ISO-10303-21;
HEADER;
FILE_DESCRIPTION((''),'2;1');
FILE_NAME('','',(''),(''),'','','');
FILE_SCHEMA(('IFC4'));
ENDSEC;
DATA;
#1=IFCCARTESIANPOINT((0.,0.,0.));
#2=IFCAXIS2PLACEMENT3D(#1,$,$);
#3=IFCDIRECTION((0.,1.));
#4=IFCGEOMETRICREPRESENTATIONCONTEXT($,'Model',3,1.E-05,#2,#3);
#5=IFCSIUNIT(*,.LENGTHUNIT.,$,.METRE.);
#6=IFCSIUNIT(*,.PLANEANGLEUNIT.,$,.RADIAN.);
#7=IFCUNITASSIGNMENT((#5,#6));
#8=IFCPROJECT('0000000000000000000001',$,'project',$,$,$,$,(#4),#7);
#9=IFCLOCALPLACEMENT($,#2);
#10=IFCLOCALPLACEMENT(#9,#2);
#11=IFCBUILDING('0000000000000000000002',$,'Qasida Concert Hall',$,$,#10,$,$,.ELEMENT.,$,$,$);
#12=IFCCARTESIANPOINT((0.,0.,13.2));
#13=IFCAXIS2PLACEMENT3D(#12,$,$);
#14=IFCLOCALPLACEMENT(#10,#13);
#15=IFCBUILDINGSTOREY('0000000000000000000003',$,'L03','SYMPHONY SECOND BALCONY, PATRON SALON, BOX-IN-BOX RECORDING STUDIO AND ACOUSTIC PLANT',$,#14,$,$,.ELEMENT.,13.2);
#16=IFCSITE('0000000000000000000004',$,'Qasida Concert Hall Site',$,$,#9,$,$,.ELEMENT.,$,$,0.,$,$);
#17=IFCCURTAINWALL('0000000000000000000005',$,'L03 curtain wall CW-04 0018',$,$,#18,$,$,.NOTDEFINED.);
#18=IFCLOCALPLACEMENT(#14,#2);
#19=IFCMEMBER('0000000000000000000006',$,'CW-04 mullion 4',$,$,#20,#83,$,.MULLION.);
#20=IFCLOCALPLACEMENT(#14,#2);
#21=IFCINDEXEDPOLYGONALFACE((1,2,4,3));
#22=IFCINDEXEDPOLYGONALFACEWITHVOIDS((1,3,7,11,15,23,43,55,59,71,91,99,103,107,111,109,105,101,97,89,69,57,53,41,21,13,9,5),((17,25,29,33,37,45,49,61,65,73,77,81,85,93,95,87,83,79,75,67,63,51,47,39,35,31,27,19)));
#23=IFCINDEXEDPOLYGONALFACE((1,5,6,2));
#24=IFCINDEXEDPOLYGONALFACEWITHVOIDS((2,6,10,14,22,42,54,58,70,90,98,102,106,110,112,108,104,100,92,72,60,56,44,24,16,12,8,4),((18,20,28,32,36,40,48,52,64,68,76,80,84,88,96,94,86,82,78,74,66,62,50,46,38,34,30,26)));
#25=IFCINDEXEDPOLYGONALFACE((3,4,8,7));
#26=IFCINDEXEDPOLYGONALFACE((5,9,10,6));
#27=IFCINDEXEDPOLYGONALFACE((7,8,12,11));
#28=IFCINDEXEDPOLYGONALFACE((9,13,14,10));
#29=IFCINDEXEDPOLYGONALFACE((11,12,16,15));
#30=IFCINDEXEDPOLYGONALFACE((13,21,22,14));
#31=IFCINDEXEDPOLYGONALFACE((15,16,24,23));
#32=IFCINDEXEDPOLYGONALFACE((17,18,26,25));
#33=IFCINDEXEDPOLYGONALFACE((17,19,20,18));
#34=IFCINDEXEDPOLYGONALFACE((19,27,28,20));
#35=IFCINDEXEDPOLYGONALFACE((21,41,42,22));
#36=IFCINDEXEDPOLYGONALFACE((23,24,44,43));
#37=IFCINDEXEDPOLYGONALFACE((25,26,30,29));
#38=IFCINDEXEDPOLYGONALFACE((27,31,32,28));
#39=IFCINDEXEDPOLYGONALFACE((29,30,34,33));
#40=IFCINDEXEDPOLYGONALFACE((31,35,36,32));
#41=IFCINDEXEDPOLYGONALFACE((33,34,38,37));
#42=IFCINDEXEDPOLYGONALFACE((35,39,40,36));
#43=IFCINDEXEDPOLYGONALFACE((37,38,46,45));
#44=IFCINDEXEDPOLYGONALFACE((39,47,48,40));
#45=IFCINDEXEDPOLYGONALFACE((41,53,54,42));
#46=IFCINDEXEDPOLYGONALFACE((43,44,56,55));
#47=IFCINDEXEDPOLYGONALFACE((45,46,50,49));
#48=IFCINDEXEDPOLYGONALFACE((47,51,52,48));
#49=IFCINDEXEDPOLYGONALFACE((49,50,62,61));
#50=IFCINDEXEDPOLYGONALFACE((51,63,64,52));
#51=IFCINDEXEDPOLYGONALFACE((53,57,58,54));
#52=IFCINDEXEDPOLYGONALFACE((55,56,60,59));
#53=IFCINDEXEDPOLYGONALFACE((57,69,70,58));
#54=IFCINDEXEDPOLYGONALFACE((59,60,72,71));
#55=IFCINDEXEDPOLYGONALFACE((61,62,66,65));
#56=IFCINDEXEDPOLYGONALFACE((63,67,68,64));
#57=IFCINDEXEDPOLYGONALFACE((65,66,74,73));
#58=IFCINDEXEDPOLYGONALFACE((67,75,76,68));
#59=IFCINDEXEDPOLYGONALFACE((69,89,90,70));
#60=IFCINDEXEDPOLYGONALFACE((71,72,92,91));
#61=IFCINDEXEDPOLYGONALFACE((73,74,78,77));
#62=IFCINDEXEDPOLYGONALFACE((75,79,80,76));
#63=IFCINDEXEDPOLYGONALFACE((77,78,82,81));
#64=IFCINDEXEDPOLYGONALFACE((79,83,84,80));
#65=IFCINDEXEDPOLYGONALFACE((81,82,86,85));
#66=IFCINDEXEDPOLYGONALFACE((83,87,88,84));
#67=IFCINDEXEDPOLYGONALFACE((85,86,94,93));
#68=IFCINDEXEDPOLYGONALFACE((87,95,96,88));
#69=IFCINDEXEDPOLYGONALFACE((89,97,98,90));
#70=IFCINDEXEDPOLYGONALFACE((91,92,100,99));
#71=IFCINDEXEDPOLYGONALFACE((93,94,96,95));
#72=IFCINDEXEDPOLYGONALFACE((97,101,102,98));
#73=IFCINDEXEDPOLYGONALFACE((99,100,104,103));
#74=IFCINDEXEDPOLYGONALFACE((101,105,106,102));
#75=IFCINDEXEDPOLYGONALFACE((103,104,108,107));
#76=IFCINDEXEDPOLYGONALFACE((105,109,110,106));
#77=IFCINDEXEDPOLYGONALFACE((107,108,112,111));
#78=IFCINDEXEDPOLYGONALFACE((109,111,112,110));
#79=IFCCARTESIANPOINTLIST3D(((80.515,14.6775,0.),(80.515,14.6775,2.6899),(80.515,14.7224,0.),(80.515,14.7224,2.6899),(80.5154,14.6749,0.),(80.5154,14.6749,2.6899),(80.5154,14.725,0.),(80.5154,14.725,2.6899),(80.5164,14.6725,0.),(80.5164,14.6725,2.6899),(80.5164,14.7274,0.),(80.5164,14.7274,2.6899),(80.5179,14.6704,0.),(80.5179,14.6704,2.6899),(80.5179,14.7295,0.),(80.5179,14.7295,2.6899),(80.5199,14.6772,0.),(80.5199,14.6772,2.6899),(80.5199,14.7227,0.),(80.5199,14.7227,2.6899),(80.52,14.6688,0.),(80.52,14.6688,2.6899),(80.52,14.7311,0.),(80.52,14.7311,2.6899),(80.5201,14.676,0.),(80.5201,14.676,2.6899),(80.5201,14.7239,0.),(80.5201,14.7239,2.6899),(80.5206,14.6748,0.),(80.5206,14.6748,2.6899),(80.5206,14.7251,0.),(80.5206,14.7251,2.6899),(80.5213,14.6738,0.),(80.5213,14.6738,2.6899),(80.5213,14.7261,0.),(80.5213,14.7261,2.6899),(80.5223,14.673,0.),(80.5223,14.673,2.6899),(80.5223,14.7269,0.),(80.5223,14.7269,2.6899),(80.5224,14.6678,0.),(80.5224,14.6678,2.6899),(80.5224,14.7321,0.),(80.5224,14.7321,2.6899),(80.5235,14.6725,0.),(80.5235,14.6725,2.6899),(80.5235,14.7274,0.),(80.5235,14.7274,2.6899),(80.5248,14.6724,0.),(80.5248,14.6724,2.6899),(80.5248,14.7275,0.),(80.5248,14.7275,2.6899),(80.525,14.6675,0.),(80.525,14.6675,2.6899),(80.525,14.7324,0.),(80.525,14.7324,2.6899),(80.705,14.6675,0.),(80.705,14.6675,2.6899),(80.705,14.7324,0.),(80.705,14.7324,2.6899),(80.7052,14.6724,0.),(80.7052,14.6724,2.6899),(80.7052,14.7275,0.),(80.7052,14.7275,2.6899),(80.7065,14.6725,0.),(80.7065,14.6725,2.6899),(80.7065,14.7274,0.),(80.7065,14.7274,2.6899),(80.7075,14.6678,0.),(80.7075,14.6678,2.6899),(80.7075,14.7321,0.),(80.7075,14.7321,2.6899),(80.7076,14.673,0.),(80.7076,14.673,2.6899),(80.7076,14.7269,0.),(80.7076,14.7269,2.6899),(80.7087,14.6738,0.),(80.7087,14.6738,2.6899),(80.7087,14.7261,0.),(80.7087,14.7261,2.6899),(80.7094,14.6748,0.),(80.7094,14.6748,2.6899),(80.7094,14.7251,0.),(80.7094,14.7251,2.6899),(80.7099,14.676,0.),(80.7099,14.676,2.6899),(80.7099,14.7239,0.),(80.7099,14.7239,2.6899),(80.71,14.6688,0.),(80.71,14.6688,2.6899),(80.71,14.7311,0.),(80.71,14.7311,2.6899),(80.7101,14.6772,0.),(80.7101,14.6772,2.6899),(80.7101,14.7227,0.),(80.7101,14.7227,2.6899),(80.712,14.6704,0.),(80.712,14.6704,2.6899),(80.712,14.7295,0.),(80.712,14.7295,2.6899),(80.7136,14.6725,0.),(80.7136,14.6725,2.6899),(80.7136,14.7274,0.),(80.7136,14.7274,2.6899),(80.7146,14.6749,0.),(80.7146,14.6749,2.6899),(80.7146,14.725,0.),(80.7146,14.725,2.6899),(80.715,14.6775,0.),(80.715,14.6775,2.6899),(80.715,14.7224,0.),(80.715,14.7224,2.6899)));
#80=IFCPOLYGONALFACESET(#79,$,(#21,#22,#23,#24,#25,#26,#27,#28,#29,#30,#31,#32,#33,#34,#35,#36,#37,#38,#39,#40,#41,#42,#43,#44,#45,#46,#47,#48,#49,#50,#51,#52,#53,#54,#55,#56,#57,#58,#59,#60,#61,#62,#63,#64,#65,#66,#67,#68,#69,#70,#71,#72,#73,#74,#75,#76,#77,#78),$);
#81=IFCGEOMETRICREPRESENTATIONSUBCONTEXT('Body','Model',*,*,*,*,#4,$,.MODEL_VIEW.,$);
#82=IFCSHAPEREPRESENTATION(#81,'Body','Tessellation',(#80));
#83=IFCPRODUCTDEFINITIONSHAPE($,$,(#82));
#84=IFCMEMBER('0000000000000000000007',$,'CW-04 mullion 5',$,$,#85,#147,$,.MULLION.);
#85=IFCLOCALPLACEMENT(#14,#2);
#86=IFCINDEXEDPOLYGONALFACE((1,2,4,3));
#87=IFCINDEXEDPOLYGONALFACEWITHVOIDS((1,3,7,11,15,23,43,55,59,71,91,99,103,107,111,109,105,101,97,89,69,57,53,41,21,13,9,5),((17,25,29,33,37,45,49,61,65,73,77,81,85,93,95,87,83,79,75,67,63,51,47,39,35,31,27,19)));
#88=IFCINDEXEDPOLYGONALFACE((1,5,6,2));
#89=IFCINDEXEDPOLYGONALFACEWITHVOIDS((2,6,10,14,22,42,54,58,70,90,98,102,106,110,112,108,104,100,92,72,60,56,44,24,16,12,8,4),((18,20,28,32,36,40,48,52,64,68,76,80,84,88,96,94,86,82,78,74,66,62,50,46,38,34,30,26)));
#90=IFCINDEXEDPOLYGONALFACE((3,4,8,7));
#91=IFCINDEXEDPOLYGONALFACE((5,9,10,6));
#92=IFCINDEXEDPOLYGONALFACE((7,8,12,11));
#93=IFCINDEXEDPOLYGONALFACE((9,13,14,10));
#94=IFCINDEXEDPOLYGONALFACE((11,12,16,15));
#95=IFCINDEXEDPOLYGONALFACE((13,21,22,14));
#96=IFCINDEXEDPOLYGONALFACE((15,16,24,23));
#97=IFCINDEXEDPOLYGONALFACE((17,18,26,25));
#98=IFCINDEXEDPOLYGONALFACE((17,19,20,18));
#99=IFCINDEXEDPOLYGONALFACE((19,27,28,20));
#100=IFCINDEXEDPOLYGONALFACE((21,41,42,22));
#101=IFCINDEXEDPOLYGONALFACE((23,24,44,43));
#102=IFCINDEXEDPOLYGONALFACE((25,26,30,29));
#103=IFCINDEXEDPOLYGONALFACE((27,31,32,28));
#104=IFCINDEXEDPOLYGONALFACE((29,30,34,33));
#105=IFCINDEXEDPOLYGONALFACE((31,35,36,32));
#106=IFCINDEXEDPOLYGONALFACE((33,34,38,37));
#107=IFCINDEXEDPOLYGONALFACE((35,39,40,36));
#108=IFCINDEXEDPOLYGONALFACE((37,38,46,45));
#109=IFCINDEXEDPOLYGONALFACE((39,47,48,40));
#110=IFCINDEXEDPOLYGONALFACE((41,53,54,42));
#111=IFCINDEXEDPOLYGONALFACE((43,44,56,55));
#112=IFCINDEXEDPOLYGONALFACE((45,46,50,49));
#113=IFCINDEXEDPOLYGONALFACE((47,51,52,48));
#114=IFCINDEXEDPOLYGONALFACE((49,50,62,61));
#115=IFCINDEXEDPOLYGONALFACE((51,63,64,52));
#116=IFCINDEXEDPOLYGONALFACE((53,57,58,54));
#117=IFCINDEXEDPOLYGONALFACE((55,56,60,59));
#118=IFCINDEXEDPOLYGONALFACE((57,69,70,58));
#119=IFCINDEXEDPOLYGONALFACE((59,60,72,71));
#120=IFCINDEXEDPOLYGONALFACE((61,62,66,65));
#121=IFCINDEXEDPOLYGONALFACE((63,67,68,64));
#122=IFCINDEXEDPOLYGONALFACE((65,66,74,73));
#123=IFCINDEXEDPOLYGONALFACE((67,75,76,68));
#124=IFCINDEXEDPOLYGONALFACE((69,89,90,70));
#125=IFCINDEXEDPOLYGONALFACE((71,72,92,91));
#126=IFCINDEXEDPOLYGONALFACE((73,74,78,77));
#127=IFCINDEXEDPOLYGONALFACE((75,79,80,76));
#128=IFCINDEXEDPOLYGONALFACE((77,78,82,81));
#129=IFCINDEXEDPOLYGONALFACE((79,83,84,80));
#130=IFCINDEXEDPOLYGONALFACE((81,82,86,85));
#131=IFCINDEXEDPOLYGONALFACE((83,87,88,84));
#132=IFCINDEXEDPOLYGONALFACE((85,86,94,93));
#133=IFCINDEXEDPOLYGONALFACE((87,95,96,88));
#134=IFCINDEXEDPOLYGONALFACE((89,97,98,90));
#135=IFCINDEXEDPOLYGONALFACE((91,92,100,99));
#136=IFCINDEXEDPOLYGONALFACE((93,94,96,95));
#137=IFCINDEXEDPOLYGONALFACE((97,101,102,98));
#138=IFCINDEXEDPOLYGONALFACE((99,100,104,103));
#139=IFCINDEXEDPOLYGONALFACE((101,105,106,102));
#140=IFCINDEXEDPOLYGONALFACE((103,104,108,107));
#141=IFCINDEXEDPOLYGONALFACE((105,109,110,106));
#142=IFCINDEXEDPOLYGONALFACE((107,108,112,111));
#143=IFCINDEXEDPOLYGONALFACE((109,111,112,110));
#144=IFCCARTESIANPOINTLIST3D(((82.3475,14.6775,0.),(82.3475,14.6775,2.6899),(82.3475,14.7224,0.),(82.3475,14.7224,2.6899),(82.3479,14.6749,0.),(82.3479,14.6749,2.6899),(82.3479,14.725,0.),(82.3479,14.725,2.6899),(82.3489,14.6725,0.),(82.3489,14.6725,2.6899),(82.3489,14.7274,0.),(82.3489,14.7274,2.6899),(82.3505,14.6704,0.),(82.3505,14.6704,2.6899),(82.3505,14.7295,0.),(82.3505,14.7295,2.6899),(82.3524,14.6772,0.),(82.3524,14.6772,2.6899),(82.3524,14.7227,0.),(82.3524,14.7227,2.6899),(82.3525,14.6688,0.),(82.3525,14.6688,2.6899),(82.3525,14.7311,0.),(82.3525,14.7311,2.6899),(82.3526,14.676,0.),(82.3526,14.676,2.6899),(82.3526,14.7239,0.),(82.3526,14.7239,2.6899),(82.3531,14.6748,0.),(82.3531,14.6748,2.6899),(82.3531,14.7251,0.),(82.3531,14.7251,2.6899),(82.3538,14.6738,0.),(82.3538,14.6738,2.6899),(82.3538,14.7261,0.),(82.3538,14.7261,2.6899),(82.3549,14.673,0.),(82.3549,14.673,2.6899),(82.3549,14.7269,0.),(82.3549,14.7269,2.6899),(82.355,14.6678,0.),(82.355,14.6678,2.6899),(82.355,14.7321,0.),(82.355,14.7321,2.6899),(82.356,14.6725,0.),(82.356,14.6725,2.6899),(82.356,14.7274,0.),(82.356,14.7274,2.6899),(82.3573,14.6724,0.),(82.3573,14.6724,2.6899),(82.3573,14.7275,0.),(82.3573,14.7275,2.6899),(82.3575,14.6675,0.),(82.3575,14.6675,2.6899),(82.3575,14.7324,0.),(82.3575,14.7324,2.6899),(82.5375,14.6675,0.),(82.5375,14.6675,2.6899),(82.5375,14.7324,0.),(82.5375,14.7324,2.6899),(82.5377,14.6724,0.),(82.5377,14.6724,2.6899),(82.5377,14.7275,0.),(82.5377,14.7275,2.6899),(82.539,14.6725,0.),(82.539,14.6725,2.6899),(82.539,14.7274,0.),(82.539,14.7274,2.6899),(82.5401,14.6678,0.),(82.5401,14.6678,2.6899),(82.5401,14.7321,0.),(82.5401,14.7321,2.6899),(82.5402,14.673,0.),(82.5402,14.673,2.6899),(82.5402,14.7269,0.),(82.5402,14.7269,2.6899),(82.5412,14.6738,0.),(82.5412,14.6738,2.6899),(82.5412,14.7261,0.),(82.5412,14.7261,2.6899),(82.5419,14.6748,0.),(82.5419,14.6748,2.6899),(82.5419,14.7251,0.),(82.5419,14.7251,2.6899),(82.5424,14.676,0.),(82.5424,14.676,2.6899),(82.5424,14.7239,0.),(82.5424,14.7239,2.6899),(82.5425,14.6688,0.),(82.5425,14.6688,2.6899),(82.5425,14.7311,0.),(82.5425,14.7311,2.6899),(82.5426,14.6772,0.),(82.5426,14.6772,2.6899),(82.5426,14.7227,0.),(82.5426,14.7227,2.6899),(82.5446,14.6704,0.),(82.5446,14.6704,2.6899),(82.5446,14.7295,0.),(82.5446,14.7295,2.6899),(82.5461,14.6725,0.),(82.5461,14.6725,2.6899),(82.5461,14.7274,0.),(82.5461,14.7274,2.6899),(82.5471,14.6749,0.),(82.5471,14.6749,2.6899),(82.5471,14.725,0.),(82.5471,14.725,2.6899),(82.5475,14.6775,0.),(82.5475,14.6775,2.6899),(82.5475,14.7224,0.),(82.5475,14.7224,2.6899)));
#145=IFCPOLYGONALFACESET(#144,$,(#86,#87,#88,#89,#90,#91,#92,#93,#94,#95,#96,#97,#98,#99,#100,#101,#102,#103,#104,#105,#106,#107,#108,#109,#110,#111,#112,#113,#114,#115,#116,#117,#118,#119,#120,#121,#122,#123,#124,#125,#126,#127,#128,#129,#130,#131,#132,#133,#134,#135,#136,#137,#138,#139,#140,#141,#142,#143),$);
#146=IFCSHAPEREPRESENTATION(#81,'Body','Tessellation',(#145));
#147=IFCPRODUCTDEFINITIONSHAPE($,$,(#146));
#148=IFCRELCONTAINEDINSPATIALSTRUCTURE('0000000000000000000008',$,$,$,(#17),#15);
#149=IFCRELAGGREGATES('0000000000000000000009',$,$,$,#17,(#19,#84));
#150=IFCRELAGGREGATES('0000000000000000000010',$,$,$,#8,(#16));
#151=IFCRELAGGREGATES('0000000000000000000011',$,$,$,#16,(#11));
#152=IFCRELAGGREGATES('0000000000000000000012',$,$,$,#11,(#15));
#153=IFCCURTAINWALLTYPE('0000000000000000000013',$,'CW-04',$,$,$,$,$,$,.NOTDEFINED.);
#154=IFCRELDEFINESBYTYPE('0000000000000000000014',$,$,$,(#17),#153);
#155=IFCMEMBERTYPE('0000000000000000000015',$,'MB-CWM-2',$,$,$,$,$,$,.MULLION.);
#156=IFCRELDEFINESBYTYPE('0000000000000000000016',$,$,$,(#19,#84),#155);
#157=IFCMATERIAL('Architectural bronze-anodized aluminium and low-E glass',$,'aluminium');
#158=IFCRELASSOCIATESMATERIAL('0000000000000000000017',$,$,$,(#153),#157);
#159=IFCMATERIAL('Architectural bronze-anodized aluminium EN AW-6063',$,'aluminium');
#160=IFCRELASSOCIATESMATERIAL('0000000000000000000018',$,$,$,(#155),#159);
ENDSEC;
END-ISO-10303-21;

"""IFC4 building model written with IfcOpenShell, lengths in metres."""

from ifc_helpers import new_model, si_unit, direction, frame, origin, origin_2d, place, context, subcontext, project, spatial, hollow_rectangle, extrude, material, material_profile, profile_set, type_object, element, aggregate, save


model = new_model("IFC4")

# Units and contexts
model_context = context("Model", 3, precision=1e-05, world=origin(), true_north=direction((0.0, 1.0)))
body_context = subcontext(model_context, "Body", "Model", "MODEL_VIEW")
ifc_project = project(units=[si_unit("LENGTHUNIT", "METRE"), si_unit("PLANEANGLEUNIT", "RADIAN")], contexts=[model_context])

# Site, building, storey
site_placement = place(None, origin())
site = spatial("IfcSite", under=ifc_project, at=site_placement, Name="Qasida Concert Hall Site", CompositionType="ELEMENT", RefElevation=0.0)
building_placement = place(site_placement, origin())
building = spatial("IfcBuilding", under=site, at=building_placement, Name="Qasida Concert Hall", CompositionType="ELEMENT")
storey_placement = place(building_placement, frame((0.0, 0.0, 13.2)))
storey = spatial("IfcBuildingStorey", under=building, at=storey_placement, Name="L03", Description="SYMPHONY SECOND BALCONY, PATRON SALON, BOX-IN-BOX RECORDING STUDIO AND ACOUSTIC PLANT", CompositionType="ELEMENT", Elevation=13.2)

# Curtain wall, members
ifc_material_1 = material(Name="Architectural bronze-anodized aluminium and low-E glass", Category="aluminium")
curtain_wall_type = type_object("IfcCurtainWallType", Name="CW-04", PredefinedType="NOTDEFINED", material=ifc_material_1)
curtain_wall_1_placement = place(storey_placement, origin())
curtain_wall_1 = element("IfcCurtainWall", 1, at=curtain_wall_1_placement, inside=storey, type_object=curtain_wall_type, Name="L03 curtain wall CW-04 0018", PredefinedType="NOTDEFINED")
ifc_material_2 = material(Name="Architectural bronze-anodized aluminium EN AW-6063", Category="aluminium")
ifc_material_profile_1 = material_profile(ifc_material_2, hollow_rectangle(XDim=0.0649, YDim=0.2, WallThickness=0.0049, InnerFilletRadius=0.0049, OuterFilletRadius=0.01, at=origin_2d()), Name="CWM 200x65x5")
ifc_profile_set_1 = profile_set([ifc_material_profile_1], Name="Architectural bronze-anodized aluminium EN AW-6063")
member_type_1 = type_object("IfcMemberType", Name="MB-CWM-2", PredefinedType="MULLION", material=ifc_profile_set_1)
member_1_placement = place(storey_placement, frame((80.615, 14.7, 0.0), z_axis=(0.0, 0.0, 1.0), x_axis=(0.0, 1.0, 0.0)))
member_1 = element("IfcMember", 2, at=member_1_placement, type_object=member_type_1, Name="CW-04 mullion 4", PredefinedType="MULLION", context=body_context, shape_type="SweptSolid", body=[
    extrude(hollow_rectangle(XDim=0.0649, YDim=0.2, WallThickness=0.0049, InnerFilletRadius=0.0049, OuterFilletRadius=0.01, at=origin_2d()), origin(), (0.0, 0.0, 1.0), 2.6899),
])
member_2_placement = place(storey_placement, frame((82.4475, 14.7, 0.0), z_axis=(0.0, 0.0, 1.0), x_axis=(0.0, 1.0, 0.0)))
member_2 = element("IfcMember", 3, at=member_2_placement, type_object=member_type_1, Name="CW-04 mullion 5", PredefinedType="MULLION", context=body_context, shape_type="SweptSolid", body=[
    extrude(hollow_rectangle(XDim=0.0649, YDim=0.2, WallThickness=0.0049, InnerFilletRadius=0.0049, OuterFilletRadius=0.01, at=origin_2d()), origin(), (0.0, 0.0, 1.0), 2.6899),
])

aggregate(curtain_wall_1, [member_1, member_2])

save(model, "model.ifc")
